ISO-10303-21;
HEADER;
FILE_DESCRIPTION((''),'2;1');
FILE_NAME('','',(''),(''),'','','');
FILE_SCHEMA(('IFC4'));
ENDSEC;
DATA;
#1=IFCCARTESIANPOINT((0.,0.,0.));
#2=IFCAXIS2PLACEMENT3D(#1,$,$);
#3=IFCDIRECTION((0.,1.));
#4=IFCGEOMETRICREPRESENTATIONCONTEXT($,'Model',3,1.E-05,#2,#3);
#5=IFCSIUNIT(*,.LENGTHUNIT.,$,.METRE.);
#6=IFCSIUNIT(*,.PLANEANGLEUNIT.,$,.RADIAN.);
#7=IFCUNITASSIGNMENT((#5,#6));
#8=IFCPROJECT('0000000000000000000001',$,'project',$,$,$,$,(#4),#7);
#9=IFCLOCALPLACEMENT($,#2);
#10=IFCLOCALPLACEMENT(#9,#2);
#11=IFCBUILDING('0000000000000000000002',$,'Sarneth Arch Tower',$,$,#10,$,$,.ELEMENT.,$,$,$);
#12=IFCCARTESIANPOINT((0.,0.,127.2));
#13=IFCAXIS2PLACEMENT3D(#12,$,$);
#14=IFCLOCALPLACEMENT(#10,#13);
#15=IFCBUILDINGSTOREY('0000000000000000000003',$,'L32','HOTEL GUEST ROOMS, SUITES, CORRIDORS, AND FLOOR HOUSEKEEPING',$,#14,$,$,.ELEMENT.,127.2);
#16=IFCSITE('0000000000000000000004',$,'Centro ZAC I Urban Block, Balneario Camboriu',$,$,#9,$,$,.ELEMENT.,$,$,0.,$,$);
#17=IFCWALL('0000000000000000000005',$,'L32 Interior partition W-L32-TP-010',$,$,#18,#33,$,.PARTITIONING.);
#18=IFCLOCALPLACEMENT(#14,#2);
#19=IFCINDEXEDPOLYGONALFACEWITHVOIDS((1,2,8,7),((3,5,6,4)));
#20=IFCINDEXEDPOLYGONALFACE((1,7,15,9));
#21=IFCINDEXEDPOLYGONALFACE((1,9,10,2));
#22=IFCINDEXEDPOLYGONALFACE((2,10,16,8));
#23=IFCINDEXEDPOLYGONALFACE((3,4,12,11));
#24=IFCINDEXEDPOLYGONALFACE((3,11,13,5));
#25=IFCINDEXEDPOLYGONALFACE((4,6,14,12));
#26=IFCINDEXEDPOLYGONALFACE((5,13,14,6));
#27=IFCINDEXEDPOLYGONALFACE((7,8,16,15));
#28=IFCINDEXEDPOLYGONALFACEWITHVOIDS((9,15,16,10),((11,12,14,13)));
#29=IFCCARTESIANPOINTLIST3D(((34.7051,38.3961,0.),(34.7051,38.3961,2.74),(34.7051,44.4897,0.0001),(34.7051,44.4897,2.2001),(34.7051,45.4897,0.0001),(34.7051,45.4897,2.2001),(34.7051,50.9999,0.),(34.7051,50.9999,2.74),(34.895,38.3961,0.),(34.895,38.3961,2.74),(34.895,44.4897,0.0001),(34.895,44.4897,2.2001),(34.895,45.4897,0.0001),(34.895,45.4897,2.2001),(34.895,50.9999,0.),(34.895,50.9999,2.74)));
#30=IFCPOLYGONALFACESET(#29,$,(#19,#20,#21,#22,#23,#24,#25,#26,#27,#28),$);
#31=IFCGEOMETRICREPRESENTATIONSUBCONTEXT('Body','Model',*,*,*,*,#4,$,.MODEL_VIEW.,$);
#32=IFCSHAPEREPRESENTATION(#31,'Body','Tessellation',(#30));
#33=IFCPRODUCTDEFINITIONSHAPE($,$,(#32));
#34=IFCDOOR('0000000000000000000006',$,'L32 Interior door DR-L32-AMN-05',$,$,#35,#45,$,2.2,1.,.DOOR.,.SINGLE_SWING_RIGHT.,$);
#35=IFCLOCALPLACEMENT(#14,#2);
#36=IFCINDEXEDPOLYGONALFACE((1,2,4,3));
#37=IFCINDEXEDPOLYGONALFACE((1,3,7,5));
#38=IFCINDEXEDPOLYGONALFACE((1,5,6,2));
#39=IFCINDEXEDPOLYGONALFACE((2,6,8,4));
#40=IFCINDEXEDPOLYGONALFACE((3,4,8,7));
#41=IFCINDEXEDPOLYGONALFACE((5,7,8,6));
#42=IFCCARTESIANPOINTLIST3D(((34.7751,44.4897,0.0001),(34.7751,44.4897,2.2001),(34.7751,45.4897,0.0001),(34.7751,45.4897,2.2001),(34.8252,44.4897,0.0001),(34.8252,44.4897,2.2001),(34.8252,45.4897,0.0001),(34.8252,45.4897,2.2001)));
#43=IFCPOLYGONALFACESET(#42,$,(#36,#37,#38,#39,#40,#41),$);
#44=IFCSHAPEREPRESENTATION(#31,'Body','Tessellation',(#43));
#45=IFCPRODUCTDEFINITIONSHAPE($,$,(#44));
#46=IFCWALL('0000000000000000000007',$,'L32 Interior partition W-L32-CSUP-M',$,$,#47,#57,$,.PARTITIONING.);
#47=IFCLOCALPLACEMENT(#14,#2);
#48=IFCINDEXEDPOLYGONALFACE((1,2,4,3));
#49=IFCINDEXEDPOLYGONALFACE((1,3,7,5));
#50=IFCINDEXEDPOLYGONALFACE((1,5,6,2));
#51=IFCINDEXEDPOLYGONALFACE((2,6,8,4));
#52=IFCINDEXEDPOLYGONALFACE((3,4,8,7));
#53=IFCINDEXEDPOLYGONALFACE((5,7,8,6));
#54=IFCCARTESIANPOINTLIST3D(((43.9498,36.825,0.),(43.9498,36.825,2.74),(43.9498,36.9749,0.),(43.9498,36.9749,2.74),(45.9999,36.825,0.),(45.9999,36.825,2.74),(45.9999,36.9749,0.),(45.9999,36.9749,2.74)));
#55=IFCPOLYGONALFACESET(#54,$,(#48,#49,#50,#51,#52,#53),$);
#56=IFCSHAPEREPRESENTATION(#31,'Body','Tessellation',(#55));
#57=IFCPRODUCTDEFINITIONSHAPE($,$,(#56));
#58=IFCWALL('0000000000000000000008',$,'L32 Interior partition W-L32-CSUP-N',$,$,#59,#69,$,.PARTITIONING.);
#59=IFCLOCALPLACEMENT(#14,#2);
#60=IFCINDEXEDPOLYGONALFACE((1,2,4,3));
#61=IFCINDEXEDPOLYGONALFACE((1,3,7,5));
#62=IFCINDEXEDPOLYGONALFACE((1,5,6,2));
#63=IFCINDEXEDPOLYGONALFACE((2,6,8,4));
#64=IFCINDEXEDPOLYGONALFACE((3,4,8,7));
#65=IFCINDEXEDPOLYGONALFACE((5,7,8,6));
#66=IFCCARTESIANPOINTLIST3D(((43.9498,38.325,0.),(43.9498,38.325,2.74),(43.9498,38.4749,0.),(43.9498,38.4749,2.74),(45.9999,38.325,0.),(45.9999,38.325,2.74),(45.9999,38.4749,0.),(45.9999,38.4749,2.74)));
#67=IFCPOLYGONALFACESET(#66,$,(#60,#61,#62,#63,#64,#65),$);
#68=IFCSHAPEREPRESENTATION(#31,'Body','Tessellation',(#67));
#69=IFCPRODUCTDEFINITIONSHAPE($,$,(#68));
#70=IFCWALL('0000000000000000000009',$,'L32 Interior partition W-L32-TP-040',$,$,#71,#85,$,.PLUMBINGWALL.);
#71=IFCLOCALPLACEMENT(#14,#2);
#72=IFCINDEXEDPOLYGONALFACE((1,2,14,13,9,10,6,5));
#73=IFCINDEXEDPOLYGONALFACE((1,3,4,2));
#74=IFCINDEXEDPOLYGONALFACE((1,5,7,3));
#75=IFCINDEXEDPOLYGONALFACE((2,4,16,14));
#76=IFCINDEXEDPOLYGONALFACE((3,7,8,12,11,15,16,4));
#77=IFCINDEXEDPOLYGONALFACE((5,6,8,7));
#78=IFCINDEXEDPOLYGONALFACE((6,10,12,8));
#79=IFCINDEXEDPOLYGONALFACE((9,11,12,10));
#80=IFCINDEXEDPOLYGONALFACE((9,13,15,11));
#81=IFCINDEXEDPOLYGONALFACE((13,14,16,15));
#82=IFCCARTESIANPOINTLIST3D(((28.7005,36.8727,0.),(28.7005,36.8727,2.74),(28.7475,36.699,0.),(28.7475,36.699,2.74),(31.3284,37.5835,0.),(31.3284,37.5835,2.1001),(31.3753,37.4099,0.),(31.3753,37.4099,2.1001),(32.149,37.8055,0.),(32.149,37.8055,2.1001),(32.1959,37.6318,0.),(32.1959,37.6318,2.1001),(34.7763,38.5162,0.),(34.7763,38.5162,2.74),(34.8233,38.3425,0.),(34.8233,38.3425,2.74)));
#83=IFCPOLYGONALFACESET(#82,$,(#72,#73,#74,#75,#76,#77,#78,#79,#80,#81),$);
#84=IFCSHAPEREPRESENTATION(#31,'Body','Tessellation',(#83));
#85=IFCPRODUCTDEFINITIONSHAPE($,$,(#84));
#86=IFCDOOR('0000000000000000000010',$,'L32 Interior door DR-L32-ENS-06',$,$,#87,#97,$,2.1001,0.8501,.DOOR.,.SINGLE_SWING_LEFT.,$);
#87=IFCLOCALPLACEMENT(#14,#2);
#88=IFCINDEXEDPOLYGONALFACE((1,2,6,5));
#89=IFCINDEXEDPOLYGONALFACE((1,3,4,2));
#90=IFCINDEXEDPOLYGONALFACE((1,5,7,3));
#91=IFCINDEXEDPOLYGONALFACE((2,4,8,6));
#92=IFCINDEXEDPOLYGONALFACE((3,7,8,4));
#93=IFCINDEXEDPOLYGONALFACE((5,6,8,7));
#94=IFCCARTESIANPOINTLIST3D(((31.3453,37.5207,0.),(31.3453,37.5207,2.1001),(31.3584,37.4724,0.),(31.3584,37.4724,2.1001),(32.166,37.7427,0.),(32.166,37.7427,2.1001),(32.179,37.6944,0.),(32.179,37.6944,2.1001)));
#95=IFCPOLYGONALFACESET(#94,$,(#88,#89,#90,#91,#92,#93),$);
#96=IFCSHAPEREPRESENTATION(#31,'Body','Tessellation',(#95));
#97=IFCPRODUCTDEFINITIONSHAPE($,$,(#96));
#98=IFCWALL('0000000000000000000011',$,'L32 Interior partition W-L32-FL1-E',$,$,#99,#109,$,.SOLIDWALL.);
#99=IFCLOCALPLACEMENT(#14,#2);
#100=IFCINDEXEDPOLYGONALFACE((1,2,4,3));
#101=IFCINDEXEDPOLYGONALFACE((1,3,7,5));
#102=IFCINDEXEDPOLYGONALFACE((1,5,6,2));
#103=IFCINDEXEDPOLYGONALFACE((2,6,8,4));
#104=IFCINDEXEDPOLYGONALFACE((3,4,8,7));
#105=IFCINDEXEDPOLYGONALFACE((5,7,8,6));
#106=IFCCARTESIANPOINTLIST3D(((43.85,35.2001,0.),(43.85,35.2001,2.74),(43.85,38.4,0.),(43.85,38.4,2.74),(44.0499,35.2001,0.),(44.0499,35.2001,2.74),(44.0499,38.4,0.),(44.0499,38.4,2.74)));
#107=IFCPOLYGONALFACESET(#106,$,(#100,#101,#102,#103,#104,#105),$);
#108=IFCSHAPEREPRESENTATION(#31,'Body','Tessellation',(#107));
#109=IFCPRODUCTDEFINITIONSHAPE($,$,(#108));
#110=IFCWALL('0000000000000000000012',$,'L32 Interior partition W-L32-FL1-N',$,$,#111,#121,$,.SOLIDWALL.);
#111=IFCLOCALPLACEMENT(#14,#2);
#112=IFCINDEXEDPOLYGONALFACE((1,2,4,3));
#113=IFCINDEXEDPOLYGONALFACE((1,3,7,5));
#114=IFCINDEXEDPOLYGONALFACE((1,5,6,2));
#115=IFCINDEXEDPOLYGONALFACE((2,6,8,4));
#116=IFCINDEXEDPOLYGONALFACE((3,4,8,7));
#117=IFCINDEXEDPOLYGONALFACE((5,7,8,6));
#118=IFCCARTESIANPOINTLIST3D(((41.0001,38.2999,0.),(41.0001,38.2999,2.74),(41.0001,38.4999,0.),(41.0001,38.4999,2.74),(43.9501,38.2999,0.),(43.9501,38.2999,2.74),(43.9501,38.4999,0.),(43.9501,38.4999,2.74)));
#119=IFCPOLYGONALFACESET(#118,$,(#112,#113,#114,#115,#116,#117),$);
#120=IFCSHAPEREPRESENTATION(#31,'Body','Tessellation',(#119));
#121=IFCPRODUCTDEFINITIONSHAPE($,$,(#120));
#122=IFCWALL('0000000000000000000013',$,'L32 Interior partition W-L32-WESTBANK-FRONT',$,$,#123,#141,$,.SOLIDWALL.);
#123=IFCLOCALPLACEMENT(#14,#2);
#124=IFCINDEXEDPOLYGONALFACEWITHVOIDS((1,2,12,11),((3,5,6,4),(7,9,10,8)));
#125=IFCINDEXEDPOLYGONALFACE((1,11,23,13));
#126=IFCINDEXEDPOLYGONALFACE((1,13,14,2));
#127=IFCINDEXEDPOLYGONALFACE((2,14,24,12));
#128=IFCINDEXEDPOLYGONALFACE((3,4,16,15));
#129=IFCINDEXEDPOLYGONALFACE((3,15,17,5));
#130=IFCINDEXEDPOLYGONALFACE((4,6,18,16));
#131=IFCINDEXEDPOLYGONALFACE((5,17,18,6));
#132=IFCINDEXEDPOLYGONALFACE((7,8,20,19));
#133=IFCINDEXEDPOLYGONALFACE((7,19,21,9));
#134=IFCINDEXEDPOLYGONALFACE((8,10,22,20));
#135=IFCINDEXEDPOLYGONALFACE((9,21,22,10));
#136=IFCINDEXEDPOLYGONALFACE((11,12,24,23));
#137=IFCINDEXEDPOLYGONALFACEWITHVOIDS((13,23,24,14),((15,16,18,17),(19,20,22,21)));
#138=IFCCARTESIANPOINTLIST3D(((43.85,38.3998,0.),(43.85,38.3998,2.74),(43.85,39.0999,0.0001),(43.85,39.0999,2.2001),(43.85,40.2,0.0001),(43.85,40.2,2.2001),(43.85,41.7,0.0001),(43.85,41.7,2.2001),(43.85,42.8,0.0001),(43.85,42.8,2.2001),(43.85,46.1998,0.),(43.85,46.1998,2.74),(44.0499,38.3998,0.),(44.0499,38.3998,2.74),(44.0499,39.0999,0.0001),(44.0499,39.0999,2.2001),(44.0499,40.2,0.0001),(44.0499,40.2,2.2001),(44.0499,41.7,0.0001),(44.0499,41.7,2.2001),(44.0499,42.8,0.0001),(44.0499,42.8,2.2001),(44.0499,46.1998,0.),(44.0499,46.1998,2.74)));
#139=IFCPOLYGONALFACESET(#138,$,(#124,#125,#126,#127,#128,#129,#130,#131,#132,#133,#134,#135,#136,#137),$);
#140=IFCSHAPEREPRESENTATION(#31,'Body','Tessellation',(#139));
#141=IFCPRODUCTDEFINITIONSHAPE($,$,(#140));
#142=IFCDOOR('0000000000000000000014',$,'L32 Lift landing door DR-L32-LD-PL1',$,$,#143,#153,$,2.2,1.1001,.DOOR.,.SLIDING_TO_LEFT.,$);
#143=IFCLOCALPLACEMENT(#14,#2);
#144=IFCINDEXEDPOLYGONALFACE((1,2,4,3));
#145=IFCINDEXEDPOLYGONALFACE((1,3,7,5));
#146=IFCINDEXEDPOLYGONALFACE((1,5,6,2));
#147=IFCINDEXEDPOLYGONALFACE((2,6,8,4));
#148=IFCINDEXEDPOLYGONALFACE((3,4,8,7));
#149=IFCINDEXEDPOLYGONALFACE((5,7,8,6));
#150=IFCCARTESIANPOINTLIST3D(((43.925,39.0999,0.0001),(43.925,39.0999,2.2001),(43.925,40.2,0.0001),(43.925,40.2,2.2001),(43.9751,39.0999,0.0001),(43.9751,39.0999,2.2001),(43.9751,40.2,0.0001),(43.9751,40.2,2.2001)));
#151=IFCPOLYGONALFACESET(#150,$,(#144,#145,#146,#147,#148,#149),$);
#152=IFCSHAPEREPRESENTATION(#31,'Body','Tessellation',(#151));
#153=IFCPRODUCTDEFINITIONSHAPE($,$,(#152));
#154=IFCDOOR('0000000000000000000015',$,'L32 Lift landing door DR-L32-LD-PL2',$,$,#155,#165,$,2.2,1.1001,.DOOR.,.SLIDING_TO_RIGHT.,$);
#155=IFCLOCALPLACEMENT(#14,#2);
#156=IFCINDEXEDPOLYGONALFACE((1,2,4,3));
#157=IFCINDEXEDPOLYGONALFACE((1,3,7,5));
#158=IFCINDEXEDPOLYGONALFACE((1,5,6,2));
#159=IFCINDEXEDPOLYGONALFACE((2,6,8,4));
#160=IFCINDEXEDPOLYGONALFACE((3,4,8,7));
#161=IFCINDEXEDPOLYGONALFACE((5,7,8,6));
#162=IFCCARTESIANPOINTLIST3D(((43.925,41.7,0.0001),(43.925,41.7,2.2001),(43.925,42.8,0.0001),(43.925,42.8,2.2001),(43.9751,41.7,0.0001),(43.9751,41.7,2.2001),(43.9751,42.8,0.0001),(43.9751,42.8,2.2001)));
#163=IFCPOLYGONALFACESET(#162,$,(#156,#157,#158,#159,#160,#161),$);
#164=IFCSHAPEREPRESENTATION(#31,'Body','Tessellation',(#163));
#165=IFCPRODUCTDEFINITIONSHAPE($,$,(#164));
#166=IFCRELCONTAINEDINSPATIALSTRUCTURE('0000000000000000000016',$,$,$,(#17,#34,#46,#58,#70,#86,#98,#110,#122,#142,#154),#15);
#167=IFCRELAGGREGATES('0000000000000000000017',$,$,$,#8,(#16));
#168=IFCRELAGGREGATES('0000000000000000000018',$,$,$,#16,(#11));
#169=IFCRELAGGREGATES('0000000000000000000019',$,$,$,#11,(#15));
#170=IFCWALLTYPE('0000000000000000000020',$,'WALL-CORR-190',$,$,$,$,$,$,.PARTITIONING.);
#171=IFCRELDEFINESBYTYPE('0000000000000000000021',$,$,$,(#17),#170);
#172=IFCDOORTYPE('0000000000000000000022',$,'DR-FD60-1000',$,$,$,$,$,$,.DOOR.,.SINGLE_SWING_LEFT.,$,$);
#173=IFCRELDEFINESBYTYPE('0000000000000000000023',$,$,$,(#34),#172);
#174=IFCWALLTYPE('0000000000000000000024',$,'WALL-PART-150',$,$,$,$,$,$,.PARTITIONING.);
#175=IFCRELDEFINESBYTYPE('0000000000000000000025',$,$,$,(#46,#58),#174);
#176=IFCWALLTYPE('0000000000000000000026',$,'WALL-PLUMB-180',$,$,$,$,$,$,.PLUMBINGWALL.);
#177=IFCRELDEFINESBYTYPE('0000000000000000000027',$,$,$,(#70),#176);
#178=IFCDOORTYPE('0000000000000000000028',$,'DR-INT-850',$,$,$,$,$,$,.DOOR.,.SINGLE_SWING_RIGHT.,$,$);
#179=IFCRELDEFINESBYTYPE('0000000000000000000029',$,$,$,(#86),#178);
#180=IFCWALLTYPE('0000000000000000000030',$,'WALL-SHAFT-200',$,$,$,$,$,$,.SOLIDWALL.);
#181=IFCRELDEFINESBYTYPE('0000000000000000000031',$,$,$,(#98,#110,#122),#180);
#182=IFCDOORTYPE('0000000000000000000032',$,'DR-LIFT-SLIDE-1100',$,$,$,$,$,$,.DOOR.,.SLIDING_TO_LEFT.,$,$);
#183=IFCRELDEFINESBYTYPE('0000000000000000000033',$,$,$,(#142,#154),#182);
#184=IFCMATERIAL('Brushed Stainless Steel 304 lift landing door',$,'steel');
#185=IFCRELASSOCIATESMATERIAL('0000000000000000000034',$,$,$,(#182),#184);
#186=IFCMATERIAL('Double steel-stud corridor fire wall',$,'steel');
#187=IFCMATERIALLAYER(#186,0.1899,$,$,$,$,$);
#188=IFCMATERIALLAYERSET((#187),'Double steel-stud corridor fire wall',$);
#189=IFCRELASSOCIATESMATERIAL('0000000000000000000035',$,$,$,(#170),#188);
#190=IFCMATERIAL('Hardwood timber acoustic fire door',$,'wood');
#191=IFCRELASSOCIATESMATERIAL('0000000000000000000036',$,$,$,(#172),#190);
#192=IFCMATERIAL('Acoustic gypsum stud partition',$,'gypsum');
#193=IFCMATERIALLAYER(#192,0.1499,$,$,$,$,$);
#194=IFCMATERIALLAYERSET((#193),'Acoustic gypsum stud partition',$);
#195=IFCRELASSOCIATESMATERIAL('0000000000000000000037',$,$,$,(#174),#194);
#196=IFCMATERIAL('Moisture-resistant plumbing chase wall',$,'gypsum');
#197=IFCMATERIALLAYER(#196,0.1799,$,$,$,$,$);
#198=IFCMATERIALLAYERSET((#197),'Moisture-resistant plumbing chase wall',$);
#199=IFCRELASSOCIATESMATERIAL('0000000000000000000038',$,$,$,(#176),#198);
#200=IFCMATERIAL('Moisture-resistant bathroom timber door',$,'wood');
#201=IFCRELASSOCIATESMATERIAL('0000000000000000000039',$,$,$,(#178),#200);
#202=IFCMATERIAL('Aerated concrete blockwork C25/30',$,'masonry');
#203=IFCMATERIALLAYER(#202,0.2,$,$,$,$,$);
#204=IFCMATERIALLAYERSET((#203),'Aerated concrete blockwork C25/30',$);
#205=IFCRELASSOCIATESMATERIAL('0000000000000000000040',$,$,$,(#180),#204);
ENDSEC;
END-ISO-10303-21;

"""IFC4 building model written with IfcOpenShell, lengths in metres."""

from ifc_helpers import new_model, si_unit, direction, frame, frame_2d, origin, place, context, subcontext, project, spatial, rectangle, extrude, material, layer, layer_set, type_object, element, fill, save


model = new_model("IFC4")

# Units and contexts
model_context = context("Model", 3, precision=1e-05, world=origin(), true_north=direction((0.0, 1.0)))
body_context = subcontext(model_context, "Body", "Model", "MODEL_VIEW")
ifc_project = project(units=[si_unit("LENGTHUNIT", "METRE"), si_unit("PLANEANGLEUNIT", "RADIAN")], contexts=[model_context])

# Site, building, storey
site_placement = place(None, origin())
site = spatial("IfcSite", under=ifc_project, at=site_placement, Name="Centro ZAC I Urban Block, Balneario Camboriu", CompositionType="ELEMENT", RefElevation=0.0)
building_placement = place(site_placement, origin())
building = spatial("IfcBuilding", under=site, at=building_placement, Name="Sarneth Arch Tower", CompositionType="ELEMENT")
storey_placement = place(building_placement, frame((0.0, 0.0, 127.2)))
storey = spatial("IfcBuildingStorey", under=building, at=storey_placement, Name="L32", Description="HOTEL GUEST ROOMS, SUITES, CORRIDORS, AND FLOOR HOUSEKEEPING", CompositionType="ELEMENT", Elevation=127.2)

# Wall, opening, door
ifc_material_1 = material(Name="Brushed Stainless Steel 304 lift landing door", Category="steel")
door_type_1 = type_object("IfcDoorType", Name="DR-LIFT-SLIDE-1100", OperationType="SLIDING_TO_LEFT", PredefinedType="DOOR", material=ifc_material_1)
ifc_material_2 = material(Name="Double steel-stud corridor fire wall", Category="steel")
ifc_layer_1 = layer(ifc_material_2, 0.1899)
ifc_layer_set_1 = layer_set([ifc_layer_1], Name="Double steel-stud corridor fire wall")
wall_type_1 = type_object("IfcWallType", Name="WALL-CORR-190", PredefinedType="PARTITIONING", material=ifc_layer_set_1)
wall_1_placement = place(storey_placement, frame((34.8, 38.3962, 0.0), z_axis=(0.0, 0.0, 1.0), x_axis=(0.0, 1.0, 0.0)))
wall_1 = element("IfcWall", 1, at=wall_1_placement, inside=storey, type_object=wall_type_1, Name="L32 Interior partition W-L32-TP-010", PredefinedType="PARTITIONING", context=body_context, shape_type="SweptSolid", body=[
    extrude(rectangle(XDim=12.6038, YDim=0.1899, at=frame_2d((6.3018, 0.0))), origin(), (0.0, 0.0, 1.0), 2.74),
])
opening_1_placement = place(wall_1_placement, frame((6.0935, 0.0, 0.0)))
opening_1 = element("IfcOpeningElement", 2, at=opening_1_placement, cuts=wall_1, PredefinedType="OPENING", context=body_context, shape_type="SweptSolid", body=[
    extrude(rectangle(XDim=1.0, YDim=2.2, at=frame_2d((0.5, 1.1001))), frame((0.0, 0.105, 0.0), z_axis=(0.0, -1.0, 0.0), x_axis=(1.0, 0.0, 0.0)), (0.0, 0.0, 1.0), 0.21),
])
ifc_material_3 = material(Name="Hardwood timber acoustic fire door", Category="wood")
door_type_2 = type_object("IfcDoorType", Name="DR-FD60-1000", OperationType="SINGLE_SWING_LEFT", PredefinedType="DOOR", material=ifc_material_3)
door_1_placement = place(opening_1_placement, origin())
door_1 = element("IfcDoor", 3, at=door_1_placement, inside=storey, type_object=door_type_2, Name="L32 Interior door DR-L32-AMN-05", OperationType="SINGLE_SWING_RIGHT", OverallHeight=2.2, OverallWidth=1.0, PredefinedType="DOOR", context=body_context, shape_type="SweptSolid", body=[
    extrude(rectangle(XDim=1.0, YDim=2.2, at=frame_2d((0.5, 1.1001))), frame((0.0, 0.0249, 0.0), z_axis=(0.0, -1.0, 0.0), x_axis=(1.0, 0.0, 0.0)), (0.0, 0.0, 1.0), 0.05),
])
fill(opening_1, door_1)

# Walls
ifc_material_4 = material(Name="Acoustic gypsum stud partition", Category="gypsum")
ifc_layer_2 = layer(ifc_material_4, 0.1499)
ifc_layer_set_2 = layer_set([ifc_layer_2], Name="Acoustic gypsum stud partition")
wall_type_2 = type_object("IfcWallType", Name="WALL-PART-150", PredefinedType="PARTITIONING", material=ifc_layer_set_2)
for number, where, z_axis, x_axis, name in (
    (4, (43.95, 36.8999, 0.0), (0.0, 0.0, 1.0), (1.0, 0.0, 0.0), "L32 Interior partition W-L32-CSUP-M"),
    (5, (43.95, 38.3999, 0.0), (0.0, 0.0, 1.0), (1.0, 0.0, 0.0), "L32 Interior partition W-L32-CSUP-N"),
):
    element("IfcWall", number, at=place(storey_placement, frame(where, z_axis=z_axis, x_axis=x_axis)), inside=storey, type_object=wall_type_2, Name=name, PredefinedType="PARTITIONING", context=body_context, shape_type="SweptSolid", body=[
        extrude(rectangle(XDim=2.05, YDim=0.1499, at=frame_2d((1.0249, 0.0))), origin(), (0.0, 0.0, 1.0), 2.74),
    ])

# Wall, opening, door
ifc_material_5 = material(Name="Moisture-resistant plumbing chase wall", Category="gypsum")
ifc_layer_3 = layer(ifc_material_5, 0.1799)
ifc_layer_set_3 = layer_set([ifc_layer_3], Name="Moisture-resistant plumbing chase wall")
wall_type_3 = type_object("IfcWallType", Name="WALL-PLUMB-180", PredefinedType="PLUMBINGWALL", material=ifc_layer_set_3)
wall_2_placement = place(storey_placement, frame((28.7241, 36.7859, 0.0), z_axis=(0.0, 0.0, 1.0), x_axis=(0.965307, 0.261118, 0.0)))
wall_2 = element("IfcWall", 6, at=wall_2_placement, inside=storey, type_object=wall_type_3, Name="L32 Interior partition W-L32-TP-040", PredefinedType="PLUMBINGWALL", context=body_context, shape_type="SweptSolid", body=[
    extrude(rectangle(XDim=6.2942, YDim=0.1799, at=frame_2d((3.147, 0.0))), origin(), (0.0, 0.0, 1.0), 2.74),
])
opening_2_placement = place(wall_2_placement, frame((2.7222, 0.0, 0.0)))
opening_2 = element("IfcOpeningElement", 7, at=opening_2_placement, cuts=wall_2, PredefinedType="OPENING", context=body_context, shape_type="SweptSolid", body=[
    extrude(rectangle(XDim=0.8501, YDim=2.1001, at=frame_2d((0.425, 1.05))), frame((0.0, 0.0999, 0.0), z_axis=(0.0, -1.0, 0.0), x_axis=(1.0, 0.0, 0.0)), (0.0, 0.0, 1.0), 0.2),
])
ifc_material_6 = material(Name="Moisture-resistant bathroom timber door", Category="wood")
door_type_3 = type_object("IfcDoorType", Name="DR-INT-850", OperationType="SINGLE_SWING_RIGHT", PredefinedType="DOOR", material=ifc_material_6)
door_2_placement = place(opening_2_placement, origin())
door_2 = element("IfcDoor", 8, at=door_2_placement, inside=storey, type_object=door_type_3, Name="L32 Interior door DR-L32-ENS-06", OperationType="SINGLE_SWING_LEFT", OverallHeight=2.1001, OverallWidth=0.8501, PredefinedType="DOOR", context=body_context, shape_type="SweptSolid", body=[
    extrude(rectangle(XDim=0.8501, YDim=2.1001, at=frame_2d((0.425, 1.05))), frame((0.0, 0.0249, 0.0), z_axis=(0.0, -1.0, 0.0), x_axis=(1.0, 0.0, 0.0)), (0.0, 0.0, 1.0), 0.05),
])
fill(opening_2, door_2)
ifc_material_7 = material(Name="Aerated concrete blockwork C25/30", Category="masonry")
ifc_layer_4 = layer(ifc_material_7, 0.2)
ifc_layer_set_4 = layer_set([ifc_layer_4], Name="Aerated concrete blockwork C25/30")
wall_type_4 = type_object("IfcWallType", Name="WALL-SHAFT-200", PredefinedType="SOLIDWALL", material=ifc_layer_set_4)

# Walls
wall_3_placement = place(storey_placement, frame((43.95, 35.2, 0.0), z_axis=(0.0, 0.0, 1.0), x_axis=(0.0, 1.0, 0.0)))
element("IfcWall", 9, at=wall_3_placement, inside=storey, type_object=wall_type_4, Name="L32 Interior partition W-L32-FL1-E", PredefinedType="SOLIDWALL", context=body_context, shape_type="SweptSolid", body=[
    extrude(rectangle(XDim=3.2, YDim=0.2, at=frame_2d((1.6001, 0.0))), origin(), (0.0, 0.0, 1.0), 2.74),
])
wall_4_placement = place(storey_placement, frame((41.0, 38.3999, 0.0), z_axis=(0.0, 0.0, 1.0), x_axis=(1.0, 0.0, 0.0)))
element("IfcWall", 10, at=wall_4_placement, inside=storey, type_object=wall_type_4, Name="L32 Interior partition W-L32-FL1-N", PredefinedType="SOLIDWALL", context=body_context, shape_type="SweptSolid", body=[
    extrude(rectangle(XDim=2.95, YDim=0.2, at=frame_2d((1.4751, 0.0))), origin(), (0.0, 0.0, 1.0), 2.74),
])

# Wall, openings, doors
wall_5_placement = place(storey_placement, frame((43.95, 38.3999, 0.0), z_axis=(0.0, 0.0, 1.0), x_axis=(0.0, 1.0, 0.0)))
wall_5 = element("IfcWall", 11, at=wall_5_placement, inside=storey, type_object=wall_type_4, Name="L32 Interior partition W-L32-WESTBANK-FRONT", PredefinedType="SOLIDWALL", context=body_context, shape_type="SweptSolid", body=[
    extrude(rectangle(XDim=7.8, YDim=0.2, at=frame_2d((3.8999, 0.0))), origin(), (0.0, 0.0, 1.0), 2.74),
])
opening_3_placement = place(wall_5_placement, frame((0.7, 0.0, 0.0)))
opening_3 = element("IfcOpeningElement", 12, at=opening_3_placement, cuts=wall_5, PredefinedType="OPENING", context=body_context, shape_type="SweptSolid", body=[
    extrude(rectangle(XDim=1.1001, YDim=2.2, at=frame_2d((0.55, 1.1001))), frame((0.0, 0.1099, 0.0), z_axis=(0.0, -1.0, 0.0), x_axis=(1.0, 0.0, 0.0)), (0.0, 0.0, 1.0), 0.22),
])
opening_4_placement = place(wall_5_placement, frame((3.3, 0.0, 0.0)))
opening_4 = element("IfcOpeningElement", 13, at=opening_4_placement, cuts=wall_5, PredefinedType="OPENING", context=body_context, shape_type="SweptSolid", body=[
    extrude(rectangle(XDim=1.1001, YDim=2.2, at=frame_2d((0.55, 1.1001))), frame((0.0, 0.1099, 0.0), z_axis=(0.0, -1.0, 0.0), x_axis=(1.0, 0.0, 0.0)), (0.0, 0.0, 1.0), 0.22),
])
door_3_placement = place(opening_3_placement, origin())
door_3 = element("IfcDoor", 14, at=door_3_placement, inside=storey, type_object=door_type_1, Name="L32 Lift landing door DR-L32-LD-PL1", OperationType="SLIDING_TO_LEFT", OverallHeight=2.2, OverallWidth=1.1001, PredefinedType="DOOR", context=body_context, shape_type="SweptSolid", body=[
    extrude(rectangle(XDim=1.1001, YDim=2.2, at=frame_2d((0.55, 1.1001))), frame((0.0, 0.0249, 0.0), z_axis=(0.0, -1.0, 0.0), x_axis=(1.0, 0.0, 0.0)), (0.0, 0.0, 1.0), 0.05),
])
fill(opening_3, door_3)
door_4_placement = place(opening_4_placement, origin())
door_4 = element("IfcDoor", 15, at=door_4_placement, inside=storey, type_object=door_type_1, Name="L32 Lift landing door DR-L32-LD-PL2", OperationType="SLIDING_TO_RIGHT", OverallHeight=2.2, OverallWidth=1.1001, PredefinedType="DOOR", context=body_context, shape_type="SweptSolid", body=[
    extrude(rectangle(XDim=1.1001, YDim=2.2, at=frame_2d((0.55, 1.1001))), frame((0.0, 0.0249, 0.0), z_axis=(0.0, -1.0, 0.0), x_axis=(1.0, 0.0, 0.0)), (0.0, 0.0, 1.0), 0.05),
])
fill(opening_4, door_4)

save(model, "model.ifc")
